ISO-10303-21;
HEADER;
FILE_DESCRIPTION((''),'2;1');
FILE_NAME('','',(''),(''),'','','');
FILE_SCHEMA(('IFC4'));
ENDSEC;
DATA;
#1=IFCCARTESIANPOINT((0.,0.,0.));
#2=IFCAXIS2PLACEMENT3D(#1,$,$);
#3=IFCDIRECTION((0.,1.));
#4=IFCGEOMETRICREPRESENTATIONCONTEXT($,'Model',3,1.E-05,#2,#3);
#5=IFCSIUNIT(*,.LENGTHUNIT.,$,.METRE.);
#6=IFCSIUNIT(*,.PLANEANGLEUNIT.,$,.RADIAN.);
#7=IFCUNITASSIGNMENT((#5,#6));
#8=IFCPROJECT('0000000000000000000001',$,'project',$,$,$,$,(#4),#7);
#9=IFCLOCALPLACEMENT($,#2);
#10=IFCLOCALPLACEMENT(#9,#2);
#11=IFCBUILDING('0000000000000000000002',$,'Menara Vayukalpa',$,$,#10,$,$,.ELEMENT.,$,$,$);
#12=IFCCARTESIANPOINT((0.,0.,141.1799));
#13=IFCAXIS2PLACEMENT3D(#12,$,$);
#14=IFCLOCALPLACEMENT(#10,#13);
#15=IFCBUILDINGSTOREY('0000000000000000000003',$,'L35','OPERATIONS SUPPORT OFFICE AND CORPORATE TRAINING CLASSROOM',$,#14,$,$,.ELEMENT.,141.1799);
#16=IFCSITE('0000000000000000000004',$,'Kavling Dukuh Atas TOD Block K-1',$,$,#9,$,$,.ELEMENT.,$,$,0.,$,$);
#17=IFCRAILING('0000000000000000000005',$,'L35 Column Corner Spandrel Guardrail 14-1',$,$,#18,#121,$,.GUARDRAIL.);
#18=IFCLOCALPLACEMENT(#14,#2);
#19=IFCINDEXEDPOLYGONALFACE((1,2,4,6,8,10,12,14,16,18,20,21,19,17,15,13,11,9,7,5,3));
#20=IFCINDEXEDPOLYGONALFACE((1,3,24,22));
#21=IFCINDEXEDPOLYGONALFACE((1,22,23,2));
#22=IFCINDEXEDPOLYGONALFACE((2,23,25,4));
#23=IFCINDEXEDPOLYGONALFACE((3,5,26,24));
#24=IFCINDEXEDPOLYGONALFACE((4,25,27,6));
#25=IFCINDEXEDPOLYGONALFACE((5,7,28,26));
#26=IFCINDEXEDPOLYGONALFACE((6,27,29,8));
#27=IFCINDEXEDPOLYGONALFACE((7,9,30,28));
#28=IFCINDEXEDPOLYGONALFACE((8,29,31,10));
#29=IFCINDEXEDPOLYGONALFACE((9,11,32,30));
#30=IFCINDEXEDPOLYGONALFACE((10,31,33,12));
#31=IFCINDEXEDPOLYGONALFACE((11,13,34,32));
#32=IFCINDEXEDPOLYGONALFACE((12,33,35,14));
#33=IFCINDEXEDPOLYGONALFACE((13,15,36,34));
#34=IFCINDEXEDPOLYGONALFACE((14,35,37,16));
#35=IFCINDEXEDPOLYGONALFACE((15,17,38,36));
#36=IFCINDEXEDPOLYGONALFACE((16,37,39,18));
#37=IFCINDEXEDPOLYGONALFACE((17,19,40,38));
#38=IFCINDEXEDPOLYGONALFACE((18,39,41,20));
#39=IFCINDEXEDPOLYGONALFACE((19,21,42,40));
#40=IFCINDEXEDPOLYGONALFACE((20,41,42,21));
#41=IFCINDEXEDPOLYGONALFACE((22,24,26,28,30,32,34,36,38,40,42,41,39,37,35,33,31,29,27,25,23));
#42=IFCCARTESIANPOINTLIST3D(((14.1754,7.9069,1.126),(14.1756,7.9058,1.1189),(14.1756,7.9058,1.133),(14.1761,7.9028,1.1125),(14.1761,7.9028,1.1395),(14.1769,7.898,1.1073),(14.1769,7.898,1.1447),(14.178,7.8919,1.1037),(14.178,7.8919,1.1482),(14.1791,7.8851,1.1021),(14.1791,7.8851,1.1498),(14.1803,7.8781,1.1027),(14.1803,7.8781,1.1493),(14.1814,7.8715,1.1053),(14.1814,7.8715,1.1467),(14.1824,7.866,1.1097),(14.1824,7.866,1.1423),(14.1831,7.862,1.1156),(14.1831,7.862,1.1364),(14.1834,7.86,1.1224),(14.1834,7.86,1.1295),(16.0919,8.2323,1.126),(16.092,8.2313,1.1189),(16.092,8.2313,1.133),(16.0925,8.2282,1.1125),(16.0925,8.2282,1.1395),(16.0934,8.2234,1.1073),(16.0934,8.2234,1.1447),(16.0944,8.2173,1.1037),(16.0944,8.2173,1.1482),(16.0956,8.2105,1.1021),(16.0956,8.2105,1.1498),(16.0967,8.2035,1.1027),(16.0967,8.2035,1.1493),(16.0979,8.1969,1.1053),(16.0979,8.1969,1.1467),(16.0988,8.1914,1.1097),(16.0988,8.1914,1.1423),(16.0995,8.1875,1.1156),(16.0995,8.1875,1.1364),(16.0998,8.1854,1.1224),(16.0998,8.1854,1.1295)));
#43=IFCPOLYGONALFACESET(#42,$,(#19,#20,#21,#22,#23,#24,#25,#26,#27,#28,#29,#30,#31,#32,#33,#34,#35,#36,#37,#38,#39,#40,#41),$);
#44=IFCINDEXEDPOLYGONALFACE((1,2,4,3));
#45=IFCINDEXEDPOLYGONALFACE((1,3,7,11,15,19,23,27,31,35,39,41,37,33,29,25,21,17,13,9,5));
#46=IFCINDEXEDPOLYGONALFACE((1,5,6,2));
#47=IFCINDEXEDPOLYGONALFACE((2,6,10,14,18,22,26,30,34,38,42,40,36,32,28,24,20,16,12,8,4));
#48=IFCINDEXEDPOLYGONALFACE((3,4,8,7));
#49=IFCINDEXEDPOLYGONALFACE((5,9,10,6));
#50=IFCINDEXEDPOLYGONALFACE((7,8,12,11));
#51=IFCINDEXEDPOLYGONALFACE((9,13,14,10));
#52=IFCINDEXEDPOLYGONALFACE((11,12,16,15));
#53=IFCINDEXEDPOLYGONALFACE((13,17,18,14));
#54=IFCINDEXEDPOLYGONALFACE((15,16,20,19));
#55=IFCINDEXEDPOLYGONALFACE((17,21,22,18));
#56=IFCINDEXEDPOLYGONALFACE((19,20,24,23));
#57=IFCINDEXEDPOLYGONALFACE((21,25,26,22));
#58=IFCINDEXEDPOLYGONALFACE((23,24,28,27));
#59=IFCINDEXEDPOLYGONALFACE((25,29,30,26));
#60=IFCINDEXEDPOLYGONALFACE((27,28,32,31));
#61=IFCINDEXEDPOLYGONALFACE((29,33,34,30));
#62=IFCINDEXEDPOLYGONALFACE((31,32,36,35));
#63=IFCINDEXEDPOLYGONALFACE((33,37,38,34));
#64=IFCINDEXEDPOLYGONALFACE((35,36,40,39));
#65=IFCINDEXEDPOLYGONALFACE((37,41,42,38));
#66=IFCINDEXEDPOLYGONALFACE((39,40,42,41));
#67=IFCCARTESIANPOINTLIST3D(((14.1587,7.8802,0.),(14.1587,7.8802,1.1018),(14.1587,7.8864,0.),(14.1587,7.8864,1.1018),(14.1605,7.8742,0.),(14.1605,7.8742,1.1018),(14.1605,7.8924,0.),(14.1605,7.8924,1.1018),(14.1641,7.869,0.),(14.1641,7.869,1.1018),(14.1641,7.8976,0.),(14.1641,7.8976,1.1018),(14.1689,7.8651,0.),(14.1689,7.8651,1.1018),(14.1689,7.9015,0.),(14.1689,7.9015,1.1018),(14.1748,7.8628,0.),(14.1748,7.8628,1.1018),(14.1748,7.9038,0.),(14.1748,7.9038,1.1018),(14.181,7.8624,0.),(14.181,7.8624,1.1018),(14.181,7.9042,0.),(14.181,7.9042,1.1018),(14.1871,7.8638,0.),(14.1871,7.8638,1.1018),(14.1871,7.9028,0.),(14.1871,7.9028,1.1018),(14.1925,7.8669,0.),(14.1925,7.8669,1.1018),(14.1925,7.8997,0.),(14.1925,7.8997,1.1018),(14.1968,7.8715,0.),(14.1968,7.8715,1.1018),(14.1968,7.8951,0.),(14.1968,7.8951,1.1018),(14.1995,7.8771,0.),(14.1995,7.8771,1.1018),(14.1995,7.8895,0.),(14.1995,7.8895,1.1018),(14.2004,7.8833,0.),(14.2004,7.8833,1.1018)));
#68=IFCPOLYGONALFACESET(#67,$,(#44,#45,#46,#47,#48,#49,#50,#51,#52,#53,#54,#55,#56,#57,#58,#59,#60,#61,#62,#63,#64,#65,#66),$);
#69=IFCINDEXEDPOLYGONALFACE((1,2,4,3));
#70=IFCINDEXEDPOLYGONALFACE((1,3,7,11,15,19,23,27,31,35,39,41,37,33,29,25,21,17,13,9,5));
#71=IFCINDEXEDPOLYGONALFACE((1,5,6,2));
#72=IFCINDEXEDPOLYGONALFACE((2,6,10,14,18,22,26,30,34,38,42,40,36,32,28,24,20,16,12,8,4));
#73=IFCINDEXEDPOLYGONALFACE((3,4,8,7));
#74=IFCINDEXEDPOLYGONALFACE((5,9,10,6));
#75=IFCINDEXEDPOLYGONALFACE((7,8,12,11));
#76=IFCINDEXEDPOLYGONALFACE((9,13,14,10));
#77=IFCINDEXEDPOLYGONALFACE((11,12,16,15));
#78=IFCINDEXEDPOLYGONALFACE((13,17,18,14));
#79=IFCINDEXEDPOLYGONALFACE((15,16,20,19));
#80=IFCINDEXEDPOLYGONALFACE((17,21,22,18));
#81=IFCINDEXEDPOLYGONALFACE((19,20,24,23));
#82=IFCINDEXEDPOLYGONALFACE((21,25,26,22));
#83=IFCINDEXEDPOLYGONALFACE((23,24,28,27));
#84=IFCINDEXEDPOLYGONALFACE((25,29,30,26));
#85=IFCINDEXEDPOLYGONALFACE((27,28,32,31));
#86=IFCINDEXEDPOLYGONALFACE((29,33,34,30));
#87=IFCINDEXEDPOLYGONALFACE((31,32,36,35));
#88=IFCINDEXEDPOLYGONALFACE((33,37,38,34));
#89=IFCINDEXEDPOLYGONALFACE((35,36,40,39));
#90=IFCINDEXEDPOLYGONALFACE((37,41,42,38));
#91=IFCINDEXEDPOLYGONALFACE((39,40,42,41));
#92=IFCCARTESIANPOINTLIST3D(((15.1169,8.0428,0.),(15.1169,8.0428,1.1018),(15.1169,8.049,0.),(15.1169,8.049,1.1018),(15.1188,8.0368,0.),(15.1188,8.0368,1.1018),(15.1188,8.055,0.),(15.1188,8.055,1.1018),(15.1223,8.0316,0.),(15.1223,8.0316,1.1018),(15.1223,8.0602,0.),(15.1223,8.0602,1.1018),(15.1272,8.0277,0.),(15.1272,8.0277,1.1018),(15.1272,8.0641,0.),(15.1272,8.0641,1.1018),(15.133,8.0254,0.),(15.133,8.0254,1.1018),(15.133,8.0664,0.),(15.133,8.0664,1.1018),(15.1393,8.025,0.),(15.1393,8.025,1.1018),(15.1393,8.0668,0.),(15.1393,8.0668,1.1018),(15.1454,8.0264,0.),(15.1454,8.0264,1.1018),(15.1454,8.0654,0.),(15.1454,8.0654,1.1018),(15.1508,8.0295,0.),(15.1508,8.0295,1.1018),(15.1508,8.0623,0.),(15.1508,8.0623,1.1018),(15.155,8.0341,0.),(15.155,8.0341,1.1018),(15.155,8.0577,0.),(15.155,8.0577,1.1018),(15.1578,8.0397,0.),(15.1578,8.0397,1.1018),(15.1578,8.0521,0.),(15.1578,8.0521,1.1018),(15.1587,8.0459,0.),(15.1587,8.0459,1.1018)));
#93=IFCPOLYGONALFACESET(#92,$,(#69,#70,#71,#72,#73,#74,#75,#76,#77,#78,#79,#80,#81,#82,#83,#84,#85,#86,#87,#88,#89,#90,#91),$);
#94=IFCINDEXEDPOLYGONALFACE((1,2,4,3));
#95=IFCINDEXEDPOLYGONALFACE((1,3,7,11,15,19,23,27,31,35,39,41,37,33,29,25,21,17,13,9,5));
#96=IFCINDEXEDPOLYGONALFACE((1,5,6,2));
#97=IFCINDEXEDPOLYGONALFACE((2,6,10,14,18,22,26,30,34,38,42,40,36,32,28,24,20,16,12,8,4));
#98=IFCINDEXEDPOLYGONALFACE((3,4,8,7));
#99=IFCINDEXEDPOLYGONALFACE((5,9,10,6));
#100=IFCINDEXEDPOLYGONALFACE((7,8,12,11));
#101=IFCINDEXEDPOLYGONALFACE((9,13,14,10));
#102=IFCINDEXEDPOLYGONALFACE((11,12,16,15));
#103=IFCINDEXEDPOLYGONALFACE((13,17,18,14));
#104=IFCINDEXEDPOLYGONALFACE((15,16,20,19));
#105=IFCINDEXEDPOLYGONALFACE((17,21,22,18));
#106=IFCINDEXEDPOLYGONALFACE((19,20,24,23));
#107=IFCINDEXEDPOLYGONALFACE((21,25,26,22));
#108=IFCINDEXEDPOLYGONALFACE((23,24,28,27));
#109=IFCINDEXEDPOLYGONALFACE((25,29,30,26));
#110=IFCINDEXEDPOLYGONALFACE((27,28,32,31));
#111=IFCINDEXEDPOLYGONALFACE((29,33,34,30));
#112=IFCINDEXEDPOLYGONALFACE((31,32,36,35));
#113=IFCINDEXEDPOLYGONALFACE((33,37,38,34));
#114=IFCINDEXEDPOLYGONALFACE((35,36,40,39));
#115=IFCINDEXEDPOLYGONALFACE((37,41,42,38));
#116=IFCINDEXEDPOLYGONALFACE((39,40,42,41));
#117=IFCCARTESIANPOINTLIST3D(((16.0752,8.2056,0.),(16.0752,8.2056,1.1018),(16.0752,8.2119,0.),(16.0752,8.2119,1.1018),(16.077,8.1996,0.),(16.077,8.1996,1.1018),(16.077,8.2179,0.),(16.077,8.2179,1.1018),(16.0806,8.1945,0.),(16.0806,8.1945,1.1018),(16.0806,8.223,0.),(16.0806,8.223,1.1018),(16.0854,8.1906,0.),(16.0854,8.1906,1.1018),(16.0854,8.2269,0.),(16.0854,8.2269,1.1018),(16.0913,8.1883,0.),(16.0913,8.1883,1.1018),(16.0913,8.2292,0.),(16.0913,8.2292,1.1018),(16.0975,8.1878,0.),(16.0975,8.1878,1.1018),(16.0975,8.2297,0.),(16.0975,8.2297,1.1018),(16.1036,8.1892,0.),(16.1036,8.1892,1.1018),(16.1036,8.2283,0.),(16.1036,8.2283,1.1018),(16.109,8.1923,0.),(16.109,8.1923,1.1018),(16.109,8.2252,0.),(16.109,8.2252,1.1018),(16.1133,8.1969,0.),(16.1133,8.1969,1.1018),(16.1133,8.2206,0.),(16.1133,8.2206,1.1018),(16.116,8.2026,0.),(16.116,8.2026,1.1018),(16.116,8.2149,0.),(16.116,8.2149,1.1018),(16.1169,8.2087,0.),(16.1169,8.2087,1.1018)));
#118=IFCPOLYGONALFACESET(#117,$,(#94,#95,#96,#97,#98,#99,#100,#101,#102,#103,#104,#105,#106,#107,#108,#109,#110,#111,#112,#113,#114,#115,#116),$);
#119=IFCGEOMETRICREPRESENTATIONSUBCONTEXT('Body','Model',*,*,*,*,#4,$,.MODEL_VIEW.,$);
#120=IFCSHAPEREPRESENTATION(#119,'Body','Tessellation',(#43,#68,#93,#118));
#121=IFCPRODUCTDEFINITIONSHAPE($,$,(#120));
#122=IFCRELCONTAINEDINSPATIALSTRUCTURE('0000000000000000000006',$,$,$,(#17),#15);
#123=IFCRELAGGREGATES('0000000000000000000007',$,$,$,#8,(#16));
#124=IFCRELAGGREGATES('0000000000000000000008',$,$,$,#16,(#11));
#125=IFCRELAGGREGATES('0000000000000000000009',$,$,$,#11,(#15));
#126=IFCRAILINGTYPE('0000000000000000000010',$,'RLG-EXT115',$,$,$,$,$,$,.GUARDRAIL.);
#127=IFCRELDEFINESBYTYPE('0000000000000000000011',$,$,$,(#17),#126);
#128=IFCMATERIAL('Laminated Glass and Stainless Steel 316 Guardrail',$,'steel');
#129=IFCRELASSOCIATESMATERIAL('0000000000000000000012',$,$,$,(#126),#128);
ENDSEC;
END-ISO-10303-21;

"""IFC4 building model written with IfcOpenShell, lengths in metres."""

from ifc_helpers import new_model, si_unit, direction, frame, origin, origin_2d, place, context, subcontext, project, spatial, circle, extrude, material, type_object, element, save


model = new_model("IFC4")

# Units and contexts
model_context = context("Model", 3, precision=1e-05, world=origin(), true_north=direction((0.0, 1.0)))
body_context = subcontext(model_context, "Body", "Model", "MODEL_VIEW")
ifc_project = project(units=[si_unit("LENGTHUNIT", "METRE"), si_unit("PLANEANGLEUNIT", "RADIAN")], contexts=[model_context])

# Site, building, storey
site_placement = place(None, origin())
site = spatial("IfcSite", under=ifc_project, at=site_placement, Name="Kavling Dukuh Atas TOD Block K-1", CompositionType="ELEMENT", RefElevation=0.0)
building_placement = place(site_placement, origin())
building = spatial("IfcBuilding", under=site, at=building_placement, Name="Menara Vayukalpa", CompositionType="ELEMENT")
storey_placement = place(building_placement, frame((0.0, 0.0, 141.1799)))
storey = spatial("IfcBuildingStorey", under=building, at=storey_placement, Name="L35", Description="OPERATIONS SUPPORT OFFICE AND CORPORATE TRAINING CLASSROOM", CompositionType="ELEMENT", Elevation=141.1799)

# Railing
ifc_material_1 = material(Name="Laminated Glass and Stainless Steel 316 Guardrail", Category="steel")
railing_type = type_object("IfcRailingType", Name="RLG-EXT115", PredefinedType="GUARDRAIL", material=ifc_material_1)
railing_1_placement = place(storey_placement, frame((14.1794, 7.8833, 0.0)))
element("IfcRailing", 1, at=railing_1_placement, inside=storey, type_object=railing_type, Name="L35 Column Corner Spandrel Guardrail 14-1", PredefinedType="GUARDRAIL", context=body_context, shape_type="SweptSolid", body=[
    extrude(circle(Radius=0.0239, at=origin_2d()), frame((0.0, 0.0, 1.126), z_axis=(0.985887, 0.167412, 0.0), x_axis=(-0.167412, 0.985887, 0.0)), (0.0, 0.0, 1.0), 1.9438),
    extrude(circle(Radius=0.021, at=origin_2d()), origin(), (0.0, 0.0, 1.0), 1.1018),
    extrude(circle(Radius=0.021, at=origin_2d()), frame((0.9583, 0.1626, 0.0)), (0.0, 0.0, 1.0), 1.1018),
    extrude(circle(Radius=0.021, at=origin_2d()), frame((1.9165, 0.3254, 0.0)), (0.0, 0.0, 1.0), 1.1018),
])

save(model, "model.ifc")
